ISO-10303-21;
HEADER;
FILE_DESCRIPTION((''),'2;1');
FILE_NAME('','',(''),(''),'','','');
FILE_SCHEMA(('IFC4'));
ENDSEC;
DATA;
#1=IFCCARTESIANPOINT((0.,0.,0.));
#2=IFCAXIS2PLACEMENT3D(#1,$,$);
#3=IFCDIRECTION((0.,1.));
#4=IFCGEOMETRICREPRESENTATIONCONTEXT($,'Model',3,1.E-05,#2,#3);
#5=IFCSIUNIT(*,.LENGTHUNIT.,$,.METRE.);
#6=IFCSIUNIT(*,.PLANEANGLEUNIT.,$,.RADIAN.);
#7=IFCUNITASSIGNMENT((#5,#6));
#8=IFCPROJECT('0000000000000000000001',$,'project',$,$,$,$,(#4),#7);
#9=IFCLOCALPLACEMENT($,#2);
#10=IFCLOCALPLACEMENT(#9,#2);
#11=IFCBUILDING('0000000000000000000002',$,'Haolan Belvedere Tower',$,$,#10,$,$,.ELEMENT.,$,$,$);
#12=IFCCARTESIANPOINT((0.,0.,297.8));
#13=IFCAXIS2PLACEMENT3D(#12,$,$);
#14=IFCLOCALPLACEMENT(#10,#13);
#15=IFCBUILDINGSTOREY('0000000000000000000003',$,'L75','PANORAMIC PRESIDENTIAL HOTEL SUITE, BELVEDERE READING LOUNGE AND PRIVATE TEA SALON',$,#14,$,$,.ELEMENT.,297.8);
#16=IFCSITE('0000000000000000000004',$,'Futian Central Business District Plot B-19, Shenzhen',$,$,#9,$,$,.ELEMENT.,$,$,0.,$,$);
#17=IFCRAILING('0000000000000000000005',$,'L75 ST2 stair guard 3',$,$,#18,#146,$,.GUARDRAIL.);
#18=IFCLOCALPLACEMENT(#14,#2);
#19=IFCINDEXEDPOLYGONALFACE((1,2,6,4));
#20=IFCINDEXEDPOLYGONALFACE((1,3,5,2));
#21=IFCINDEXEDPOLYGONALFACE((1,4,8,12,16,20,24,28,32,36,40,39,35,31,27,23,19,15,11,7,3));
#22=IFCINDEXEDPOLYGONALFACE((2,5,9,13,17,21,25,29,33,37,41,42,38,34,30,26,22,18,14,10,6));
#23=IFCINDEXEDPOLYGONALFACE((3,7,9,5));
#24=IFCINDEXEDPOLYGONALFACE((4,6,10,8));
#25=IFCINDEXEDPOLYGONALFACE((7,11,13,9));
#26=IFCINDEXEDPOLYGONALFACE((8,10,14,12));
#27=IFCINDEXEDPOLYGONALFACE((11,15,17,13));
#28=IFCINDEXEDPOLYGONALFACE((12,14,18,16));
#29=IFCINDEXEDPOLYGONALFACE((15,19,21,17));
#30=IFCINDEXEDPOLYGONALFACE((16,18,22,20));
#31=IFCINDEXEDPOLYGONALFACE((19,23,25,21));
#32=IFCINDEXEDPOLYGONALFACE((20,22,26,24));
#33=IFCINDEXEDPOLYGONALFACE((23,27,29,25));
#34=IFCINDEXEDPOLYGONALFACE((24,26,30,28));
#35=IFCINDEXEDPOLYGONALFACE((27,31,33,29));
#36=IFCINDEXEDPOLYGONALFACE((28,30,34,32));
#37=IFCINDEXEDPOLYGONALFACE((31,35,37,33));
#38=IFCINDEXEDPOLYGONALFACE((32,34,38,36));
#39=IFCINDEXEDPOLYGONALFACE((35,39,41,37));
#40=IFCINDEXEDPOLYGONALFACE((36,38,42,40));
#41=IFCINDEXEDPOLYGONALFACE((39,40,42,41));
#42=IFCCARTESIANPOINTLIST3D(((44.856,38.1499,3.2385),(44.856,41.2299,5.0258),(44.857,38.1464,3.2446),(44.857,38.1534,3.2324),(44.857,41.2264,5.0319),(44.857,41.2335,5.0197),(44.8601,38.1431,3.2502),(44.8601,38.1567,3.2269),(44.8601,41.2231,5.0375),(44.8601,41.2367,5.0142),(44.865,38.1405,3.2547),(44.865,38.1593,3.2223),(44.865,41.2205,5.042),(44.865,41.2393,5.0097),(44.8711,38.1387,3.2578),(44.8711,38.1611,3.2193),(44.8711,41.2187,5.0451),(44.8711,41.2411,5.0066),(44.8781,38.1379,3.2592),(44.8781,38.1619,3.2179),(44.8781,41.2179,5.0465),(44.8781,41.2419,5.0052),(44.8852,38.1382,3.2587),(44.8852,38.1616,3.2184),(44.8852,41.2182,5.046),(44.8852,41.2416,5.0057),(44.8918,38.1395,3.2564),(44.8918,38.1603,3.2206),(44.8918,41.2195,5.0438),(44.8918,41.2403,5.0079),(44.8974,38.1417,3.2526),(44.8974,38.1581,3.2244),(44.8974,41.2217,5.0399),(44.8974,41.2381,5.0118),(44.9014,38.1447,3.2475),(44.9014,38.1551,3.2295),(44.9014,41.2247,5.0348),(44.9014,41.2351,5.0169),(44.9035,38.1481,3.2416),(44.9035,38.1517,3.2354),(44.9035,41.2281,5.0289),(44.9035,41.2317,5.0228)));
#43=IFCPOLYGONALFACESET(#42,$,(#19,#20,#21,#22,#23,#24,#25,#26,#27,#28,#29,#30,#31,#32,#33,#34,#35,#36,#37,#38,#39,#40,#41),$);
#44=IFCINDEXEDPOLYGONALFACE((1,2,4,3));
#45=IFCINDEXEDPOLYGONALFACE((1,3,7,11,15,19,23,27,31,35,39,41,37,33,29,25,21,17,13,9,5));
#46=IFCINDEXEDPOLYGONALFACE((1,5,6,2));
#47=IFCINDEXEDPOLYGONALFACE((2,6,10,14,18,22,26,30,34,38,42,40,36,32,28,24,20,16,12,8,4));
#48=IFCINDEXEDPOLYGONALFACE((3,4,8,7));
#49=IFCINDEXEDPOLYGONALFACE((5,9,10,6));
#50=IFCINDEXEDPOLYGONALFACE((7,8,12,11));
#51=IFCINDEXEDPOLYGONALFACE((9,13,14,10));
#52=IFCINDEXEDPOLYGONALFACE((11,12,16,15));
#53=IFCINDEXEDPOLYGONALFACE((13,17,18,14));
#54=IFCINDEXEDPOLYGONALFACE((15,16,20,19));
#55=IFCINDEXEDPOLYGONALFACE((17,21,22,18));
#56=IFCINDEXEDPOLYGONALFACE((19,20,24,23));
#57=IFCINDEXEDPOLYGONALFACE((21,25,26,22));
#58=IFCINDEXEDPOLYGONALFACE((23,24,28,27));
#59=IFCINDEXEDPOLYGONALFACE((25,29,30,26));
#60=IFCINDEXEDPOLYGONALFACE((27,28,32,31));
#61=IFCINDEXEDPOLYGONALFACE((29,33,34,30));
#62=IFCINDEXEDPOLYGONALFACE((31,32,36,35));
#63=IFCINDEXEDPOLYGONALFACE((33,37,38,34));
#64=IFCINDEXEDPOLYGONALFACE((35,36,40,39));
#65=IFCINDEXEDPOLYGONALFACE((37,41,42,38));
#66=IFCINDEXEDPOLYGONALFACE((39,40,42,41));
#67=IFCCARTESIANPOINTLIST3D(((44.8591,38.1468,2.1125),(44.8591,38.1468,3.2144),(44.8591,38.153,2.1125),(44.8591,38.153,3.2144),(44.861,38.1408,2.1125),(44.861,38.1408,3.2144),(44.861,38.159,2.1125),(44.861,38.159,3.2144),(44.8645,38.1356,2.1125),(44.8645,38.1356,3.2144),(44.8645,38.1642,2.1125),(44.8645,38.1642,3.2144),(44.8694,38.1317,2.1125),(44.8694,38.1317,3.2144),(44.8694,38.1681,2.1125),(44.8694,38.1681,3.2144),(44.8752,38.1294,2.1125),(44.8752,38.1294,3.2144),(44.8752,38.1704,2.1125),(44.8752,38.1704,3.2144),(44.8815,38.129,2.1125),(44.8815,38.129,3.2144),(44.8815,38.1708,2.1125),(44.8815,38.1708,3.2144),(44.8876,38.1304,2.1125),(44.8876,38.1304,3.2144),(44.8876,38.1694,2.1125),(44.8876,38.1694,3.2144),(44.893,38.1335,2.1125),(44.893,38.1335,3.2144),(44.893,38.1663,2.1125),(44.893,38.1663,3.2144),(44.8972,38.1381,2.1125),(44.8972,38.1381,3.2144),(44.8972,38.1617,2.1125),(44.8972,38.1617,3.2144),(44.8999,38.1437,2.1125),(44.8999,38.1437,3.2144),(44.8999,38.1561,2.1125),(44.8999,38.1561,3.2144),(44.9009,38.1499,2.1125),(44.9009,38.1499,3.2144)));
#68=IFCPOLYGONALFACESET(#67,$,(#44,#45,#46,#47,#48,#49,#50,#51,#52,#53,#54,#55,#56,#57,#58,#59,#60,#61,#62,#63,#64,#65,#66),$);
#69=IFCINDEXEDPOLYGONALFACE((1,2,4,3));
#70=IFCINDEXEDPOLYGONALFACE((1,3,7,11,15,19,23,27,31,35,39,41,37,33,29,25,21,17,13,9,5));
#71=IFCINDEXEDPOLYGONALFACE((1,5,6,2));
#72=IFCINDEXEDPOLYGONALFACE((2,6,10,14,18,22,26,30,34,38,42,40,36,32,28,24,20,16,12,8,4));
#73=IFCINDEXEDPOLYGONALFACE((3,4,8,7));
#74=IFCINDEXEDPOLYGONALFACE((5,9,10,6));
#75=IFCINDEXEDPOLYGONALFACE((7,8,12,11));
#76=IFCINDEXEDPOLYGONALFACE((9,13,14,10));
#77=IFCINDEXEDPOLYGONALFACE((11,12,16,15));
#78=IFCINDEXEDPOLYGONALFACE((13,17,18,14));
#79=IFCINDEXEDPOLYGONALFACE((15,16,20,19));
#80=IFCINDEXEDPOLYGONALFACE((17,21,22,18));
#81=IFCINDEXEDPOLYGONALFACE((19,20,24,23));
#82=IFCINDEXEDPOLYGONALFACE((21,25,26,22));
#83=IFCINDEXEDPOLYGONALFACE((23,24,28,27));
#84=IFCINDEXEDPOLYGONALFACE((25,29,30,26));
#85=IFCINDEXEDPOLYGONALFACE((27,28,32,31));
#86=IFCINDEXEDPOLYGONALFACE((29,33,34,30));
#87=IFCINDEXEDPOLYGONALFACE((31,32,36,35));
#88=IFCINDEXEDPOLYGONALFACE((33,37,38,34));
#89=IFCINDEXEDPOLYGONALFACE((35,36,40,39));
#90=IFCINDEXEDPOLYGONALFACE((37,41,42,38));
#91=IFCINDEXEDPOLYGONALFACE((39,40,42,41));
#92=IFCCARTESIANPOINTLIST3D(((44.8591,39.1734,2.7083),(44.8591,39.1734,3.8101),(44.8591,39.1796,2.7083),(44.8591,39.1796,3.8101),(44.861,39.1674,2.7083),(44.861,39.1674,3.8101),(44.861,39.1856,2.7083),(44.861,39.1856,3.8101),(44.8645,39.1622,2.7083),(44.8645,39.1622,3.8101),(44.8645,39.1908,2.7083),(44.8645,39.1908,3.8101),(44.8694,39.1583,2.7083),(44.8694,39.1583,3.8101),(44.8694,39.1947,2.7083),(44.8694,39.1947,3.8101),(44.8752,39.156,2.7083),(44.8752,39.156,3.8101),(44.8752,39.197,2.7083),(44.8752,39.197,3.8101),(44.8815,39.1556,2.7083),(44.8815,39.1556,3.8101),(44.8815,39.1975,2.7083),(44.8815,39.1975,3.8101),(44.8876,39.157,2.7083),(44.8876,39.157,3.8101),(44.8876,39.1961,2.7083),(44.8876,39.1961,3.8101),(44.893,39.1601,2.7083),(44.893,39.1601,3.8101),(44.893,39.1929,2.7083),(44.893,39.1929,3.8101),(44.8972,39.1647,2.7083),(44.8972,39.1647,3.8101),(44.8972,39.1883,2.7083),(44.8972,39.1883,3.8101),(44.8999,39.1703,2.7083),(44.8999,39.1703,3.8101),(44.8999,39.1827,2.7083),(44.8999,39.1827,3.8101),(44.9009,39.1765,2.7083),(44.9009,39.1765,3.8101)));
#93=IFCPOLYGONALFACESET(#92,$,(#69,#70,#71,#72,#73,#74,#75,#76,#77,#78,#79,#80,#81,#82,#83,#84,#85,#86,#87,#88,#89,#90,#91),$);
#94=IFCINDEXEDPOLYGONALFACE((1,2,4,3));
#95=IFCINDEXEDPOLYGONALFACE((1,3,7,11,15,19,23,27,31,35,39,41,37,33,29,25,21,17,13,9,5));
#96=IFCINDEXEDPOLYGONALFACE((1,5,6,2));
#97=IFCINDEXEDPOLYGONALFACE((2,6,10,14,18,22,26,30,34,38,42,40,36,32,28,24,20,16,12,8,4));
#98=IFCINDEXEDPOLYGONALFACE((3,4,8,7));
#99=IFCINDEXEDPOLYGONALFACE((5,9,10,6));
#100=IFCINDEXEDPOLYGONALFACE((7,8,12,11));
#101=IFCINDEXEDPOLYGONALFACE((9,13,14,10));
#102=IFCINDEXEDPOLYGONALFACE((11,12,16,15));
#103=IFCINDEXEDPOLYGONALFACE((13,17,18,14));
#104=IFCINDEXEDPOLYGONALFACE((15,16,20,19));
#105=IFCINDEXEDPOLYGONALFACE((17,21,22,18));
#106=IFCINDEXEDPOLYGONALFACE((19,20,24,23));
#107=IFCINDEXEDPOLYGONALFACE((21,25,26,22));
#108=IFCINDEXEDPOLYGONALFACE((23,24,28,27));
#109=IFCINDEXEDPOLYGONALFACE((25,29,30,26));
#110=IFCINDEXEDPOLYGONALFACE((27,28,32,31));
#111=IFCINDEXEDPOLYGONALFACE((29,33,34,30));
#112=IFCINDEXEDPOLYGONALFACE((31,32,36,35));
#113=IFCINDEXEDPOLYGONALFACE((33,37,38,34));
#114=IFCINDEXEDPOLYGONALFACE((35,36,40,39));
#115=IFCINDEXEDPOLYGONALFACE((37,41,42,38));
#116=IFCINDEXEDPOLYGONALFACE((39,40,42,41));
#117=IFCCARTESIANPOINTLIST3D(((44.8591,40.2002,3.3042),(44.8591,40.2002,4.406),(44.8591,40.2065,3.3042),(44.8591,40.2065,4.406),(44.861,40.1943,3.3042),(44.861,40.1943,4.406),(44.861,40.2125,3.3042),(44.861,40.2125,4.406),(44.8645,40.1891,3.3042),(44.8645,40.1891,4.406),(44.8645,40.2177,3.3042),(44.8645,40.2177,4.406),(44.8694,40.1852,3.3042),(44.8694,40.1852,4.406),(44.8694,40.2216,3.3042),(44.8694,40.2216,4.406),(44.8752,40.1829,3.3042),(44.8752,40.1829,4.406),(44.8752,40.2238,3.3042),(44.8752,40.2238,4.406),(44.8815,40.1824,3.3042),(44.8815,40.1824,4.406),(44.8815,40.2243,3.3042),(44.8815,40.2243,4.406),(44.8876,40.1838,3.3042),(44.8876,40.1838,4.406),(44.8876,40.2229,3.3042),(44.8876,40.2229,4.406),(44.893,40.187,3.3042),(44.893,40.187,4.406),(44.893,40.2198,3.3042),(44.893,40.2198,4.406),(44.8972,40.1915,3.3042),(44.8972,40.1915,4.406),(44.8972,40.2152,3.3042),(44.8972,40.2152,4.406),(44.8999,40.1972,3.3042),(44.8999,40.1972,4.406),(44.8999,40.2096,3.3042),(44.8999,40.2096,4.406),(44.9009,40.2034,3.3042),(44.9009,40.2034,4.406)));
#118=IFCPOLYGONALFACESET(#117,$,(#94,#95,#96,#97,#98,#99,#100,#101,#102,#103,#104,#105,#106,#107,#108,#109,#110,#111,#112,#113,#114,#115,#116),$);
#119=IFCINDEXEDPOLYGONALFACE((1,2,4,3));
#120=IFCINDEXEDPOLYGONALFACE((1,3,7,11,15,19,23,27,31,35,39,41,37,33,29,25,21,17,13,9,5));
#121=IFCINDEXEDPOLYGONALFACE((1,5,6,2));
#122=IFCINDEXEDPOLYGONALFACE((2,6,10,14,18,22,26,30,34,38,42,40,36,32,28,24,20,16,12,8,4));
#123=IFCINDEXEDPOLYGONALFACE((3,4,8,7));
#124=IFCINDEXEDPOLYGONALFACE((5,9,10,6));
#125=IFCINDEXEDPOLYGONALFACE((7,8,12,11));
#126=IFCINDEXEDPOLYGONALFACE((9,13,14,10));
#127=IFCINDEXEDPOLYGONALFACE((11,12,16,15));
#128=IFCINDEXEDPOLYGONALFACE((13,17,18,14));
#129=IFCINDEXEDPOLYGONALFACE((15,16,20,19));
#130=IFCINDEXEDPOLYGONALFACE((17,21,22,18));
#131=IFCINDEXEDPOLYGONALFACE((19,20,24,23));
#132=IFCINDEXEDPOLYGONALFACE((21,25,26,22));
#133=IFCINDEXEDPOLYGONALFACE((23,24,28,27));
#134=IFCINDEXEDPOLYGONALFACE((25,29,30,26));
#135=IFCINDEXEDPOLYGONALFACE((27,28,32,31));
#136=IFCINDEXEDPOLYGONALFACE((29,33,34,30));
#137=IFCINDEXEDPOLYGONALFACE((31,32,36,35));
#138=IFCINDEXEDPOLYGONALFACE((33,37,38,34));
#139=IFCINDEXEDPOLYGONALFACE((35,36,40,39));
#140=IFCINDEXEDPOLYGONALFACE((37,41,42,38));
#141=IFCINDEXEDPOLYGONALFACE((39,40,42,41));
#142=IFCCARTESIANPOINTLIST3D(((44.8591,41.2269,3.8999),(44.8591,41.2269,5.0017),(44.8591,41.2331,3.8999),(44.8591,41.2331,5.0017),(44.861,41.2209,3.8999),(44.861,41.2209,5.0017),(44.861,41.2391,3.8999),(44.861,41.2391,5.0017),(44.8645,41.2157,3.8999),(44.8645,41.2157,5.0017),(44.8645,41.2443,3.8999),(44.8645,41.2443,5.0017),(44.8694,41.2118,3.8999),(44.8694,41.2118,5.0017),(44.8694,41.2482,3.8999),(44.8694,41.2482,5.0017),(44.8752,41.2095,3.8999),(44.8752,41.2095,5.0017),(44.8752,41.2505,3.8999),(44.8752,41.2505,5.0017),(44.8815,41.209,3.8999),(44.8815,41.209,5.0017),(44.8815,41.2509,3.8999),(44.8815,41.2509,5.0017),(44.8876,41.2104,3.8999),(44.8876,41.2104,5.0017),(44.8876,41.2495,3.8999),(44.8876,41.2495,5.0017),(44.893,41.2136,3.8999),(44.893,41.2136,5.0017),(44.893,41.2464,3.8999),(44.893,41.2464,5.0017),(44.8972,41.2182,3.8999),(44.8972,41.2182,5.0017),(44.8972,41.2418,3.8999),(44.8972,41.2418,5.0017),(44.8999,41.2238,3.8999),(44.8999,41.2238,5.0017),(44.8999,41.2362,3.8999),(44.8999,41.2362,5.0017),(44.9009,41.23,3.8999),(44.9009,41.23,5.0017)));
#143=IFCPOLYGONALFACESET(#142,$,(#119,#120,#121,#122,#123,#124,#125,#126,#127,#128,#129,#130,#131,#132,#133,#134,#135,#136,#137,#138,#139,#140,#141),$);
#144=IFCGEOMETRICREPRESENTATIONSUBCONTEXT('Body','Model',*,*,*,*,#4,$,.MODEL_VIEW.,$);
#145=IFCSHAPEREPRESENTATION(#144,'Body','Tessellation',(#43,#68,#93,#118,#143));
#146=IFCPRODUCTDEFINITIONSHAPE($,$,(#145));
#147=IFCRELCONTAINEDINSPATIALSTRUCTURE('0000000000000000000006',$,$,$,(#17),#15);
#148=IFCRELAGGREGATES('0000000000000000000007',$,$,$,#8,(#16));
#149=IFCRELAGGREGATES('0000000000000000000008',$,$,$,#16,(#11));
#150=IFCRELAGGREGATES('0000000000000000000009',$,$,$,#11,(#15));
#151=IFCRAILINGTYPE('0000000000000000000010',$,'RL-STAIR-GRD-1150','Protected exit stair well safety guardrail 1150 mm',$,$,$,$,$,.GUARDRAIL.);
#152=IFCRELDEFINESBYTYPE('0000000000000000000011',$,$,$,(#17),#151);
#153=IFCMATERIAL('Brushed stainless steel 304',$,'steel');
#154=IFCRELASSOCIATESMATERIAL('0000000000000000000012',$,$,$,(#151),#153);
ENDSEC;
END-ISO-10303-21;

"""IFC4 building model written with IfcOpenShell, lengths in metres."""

from ifc_helpers import new_model, si_unit, direction, frame, origin, origin_2d, place, context, subcontext, project, spatial, circle, extrude, material, type_object, element, save


model = new_model("IFC4")

# Units and contexts
model_context = context("Model", 3, precision=1e-05, world=origin(), true_north=direction((0.0, 1.0)))
body_context = subcontext(model_context, "Body", "Model", "MODEL_VIEW")
ifc_project = project(units=[si_unit("LENGTHUNIT", "METRE"), si_unit("PLANEANGLEUNIT", "RADIAN")], contexts=[model_context])

# Site, building, storey
site_placement = place(None, origin())
site = spatial("IfcSite", under=ifc_project, at=site_placement, Name="Futian Central Business District Plot B-19, Shenzhen", CompositionType="ELEMENT", RefElevation=0.0)
building_placement = place(site_placement, origin())
building = spatial("IfcBuilding", under=site, at=building_placement, Name="Haolan Belvedere Tower", CompositionType="ELEMENT")
storey_placement = place(building_placement, frame((0.0, 0.0, 297.8)))
storey = spatial("IfcBuildingStorey", under=building, at=storey_placement, Name="L75", Description="PANORAMIC PRESIDENTIAL HOTEL SUITE, BELVEDERE READING LOUNGE AND PRIVATE TEA SALON", CompositionType="ELEMENT", Elevation=297.8)

# Railing
ifc_material_1 = material(Name="Brushed stainless steel 304", Category="steel")
railing_type_1 = type_object("IfcRailingType", Name="RL-STAIR-GRD-1150", Description="Protected exit stair well safety guardrail 1150 mm", PredefinedType="GUARDRAIL", material=ifc_material_1)
railing_1_placement = place(storey_placement, frame((44.8799, 38.1499, 2.1125)))
element("IfcRailing", 1, at=railing_1_placement, inside=storey, type_object=railing_type_1, Name="L75 ST2 stair guard 3", PredefinedType="GUARDRAIL", context=body_context, shape_type="SweptSolid", body=[
    extrude(circle(Radius=0.0239, at=origin_2d()), frame((0.0, 0.0, 1.126), z_axis=(0.0, 0.86492, 0.501909), x_axis=(-1.0, 0.0, 0.0)), (0.0, 0.0, 1.0), 3.561),
    extrude(circle(Radius=0.021, at=origin_2d()), origin(), (0.0, 0.0, 1.0), 1.1018),
    extrude(circle(Radius=0.021, at=origin_2d()), frame((0.0, 1.0266, 0.5957)), (0.0, 0.0, 1.0), 1.1018),
    extrude(circle(Radius=0.021, at=origin_2d()), frame((0.0, 2.0535, 1.1917)), (0.0, 0.0, 1.0), 1.1018),
    extrude(circle(Radius=0.021, at=origin_2d()), frame((0.0, 3.0801, 1.7874)), (0.0, 0.0, 1.0), 1.1018),
])

save(model, "model.ifc")
